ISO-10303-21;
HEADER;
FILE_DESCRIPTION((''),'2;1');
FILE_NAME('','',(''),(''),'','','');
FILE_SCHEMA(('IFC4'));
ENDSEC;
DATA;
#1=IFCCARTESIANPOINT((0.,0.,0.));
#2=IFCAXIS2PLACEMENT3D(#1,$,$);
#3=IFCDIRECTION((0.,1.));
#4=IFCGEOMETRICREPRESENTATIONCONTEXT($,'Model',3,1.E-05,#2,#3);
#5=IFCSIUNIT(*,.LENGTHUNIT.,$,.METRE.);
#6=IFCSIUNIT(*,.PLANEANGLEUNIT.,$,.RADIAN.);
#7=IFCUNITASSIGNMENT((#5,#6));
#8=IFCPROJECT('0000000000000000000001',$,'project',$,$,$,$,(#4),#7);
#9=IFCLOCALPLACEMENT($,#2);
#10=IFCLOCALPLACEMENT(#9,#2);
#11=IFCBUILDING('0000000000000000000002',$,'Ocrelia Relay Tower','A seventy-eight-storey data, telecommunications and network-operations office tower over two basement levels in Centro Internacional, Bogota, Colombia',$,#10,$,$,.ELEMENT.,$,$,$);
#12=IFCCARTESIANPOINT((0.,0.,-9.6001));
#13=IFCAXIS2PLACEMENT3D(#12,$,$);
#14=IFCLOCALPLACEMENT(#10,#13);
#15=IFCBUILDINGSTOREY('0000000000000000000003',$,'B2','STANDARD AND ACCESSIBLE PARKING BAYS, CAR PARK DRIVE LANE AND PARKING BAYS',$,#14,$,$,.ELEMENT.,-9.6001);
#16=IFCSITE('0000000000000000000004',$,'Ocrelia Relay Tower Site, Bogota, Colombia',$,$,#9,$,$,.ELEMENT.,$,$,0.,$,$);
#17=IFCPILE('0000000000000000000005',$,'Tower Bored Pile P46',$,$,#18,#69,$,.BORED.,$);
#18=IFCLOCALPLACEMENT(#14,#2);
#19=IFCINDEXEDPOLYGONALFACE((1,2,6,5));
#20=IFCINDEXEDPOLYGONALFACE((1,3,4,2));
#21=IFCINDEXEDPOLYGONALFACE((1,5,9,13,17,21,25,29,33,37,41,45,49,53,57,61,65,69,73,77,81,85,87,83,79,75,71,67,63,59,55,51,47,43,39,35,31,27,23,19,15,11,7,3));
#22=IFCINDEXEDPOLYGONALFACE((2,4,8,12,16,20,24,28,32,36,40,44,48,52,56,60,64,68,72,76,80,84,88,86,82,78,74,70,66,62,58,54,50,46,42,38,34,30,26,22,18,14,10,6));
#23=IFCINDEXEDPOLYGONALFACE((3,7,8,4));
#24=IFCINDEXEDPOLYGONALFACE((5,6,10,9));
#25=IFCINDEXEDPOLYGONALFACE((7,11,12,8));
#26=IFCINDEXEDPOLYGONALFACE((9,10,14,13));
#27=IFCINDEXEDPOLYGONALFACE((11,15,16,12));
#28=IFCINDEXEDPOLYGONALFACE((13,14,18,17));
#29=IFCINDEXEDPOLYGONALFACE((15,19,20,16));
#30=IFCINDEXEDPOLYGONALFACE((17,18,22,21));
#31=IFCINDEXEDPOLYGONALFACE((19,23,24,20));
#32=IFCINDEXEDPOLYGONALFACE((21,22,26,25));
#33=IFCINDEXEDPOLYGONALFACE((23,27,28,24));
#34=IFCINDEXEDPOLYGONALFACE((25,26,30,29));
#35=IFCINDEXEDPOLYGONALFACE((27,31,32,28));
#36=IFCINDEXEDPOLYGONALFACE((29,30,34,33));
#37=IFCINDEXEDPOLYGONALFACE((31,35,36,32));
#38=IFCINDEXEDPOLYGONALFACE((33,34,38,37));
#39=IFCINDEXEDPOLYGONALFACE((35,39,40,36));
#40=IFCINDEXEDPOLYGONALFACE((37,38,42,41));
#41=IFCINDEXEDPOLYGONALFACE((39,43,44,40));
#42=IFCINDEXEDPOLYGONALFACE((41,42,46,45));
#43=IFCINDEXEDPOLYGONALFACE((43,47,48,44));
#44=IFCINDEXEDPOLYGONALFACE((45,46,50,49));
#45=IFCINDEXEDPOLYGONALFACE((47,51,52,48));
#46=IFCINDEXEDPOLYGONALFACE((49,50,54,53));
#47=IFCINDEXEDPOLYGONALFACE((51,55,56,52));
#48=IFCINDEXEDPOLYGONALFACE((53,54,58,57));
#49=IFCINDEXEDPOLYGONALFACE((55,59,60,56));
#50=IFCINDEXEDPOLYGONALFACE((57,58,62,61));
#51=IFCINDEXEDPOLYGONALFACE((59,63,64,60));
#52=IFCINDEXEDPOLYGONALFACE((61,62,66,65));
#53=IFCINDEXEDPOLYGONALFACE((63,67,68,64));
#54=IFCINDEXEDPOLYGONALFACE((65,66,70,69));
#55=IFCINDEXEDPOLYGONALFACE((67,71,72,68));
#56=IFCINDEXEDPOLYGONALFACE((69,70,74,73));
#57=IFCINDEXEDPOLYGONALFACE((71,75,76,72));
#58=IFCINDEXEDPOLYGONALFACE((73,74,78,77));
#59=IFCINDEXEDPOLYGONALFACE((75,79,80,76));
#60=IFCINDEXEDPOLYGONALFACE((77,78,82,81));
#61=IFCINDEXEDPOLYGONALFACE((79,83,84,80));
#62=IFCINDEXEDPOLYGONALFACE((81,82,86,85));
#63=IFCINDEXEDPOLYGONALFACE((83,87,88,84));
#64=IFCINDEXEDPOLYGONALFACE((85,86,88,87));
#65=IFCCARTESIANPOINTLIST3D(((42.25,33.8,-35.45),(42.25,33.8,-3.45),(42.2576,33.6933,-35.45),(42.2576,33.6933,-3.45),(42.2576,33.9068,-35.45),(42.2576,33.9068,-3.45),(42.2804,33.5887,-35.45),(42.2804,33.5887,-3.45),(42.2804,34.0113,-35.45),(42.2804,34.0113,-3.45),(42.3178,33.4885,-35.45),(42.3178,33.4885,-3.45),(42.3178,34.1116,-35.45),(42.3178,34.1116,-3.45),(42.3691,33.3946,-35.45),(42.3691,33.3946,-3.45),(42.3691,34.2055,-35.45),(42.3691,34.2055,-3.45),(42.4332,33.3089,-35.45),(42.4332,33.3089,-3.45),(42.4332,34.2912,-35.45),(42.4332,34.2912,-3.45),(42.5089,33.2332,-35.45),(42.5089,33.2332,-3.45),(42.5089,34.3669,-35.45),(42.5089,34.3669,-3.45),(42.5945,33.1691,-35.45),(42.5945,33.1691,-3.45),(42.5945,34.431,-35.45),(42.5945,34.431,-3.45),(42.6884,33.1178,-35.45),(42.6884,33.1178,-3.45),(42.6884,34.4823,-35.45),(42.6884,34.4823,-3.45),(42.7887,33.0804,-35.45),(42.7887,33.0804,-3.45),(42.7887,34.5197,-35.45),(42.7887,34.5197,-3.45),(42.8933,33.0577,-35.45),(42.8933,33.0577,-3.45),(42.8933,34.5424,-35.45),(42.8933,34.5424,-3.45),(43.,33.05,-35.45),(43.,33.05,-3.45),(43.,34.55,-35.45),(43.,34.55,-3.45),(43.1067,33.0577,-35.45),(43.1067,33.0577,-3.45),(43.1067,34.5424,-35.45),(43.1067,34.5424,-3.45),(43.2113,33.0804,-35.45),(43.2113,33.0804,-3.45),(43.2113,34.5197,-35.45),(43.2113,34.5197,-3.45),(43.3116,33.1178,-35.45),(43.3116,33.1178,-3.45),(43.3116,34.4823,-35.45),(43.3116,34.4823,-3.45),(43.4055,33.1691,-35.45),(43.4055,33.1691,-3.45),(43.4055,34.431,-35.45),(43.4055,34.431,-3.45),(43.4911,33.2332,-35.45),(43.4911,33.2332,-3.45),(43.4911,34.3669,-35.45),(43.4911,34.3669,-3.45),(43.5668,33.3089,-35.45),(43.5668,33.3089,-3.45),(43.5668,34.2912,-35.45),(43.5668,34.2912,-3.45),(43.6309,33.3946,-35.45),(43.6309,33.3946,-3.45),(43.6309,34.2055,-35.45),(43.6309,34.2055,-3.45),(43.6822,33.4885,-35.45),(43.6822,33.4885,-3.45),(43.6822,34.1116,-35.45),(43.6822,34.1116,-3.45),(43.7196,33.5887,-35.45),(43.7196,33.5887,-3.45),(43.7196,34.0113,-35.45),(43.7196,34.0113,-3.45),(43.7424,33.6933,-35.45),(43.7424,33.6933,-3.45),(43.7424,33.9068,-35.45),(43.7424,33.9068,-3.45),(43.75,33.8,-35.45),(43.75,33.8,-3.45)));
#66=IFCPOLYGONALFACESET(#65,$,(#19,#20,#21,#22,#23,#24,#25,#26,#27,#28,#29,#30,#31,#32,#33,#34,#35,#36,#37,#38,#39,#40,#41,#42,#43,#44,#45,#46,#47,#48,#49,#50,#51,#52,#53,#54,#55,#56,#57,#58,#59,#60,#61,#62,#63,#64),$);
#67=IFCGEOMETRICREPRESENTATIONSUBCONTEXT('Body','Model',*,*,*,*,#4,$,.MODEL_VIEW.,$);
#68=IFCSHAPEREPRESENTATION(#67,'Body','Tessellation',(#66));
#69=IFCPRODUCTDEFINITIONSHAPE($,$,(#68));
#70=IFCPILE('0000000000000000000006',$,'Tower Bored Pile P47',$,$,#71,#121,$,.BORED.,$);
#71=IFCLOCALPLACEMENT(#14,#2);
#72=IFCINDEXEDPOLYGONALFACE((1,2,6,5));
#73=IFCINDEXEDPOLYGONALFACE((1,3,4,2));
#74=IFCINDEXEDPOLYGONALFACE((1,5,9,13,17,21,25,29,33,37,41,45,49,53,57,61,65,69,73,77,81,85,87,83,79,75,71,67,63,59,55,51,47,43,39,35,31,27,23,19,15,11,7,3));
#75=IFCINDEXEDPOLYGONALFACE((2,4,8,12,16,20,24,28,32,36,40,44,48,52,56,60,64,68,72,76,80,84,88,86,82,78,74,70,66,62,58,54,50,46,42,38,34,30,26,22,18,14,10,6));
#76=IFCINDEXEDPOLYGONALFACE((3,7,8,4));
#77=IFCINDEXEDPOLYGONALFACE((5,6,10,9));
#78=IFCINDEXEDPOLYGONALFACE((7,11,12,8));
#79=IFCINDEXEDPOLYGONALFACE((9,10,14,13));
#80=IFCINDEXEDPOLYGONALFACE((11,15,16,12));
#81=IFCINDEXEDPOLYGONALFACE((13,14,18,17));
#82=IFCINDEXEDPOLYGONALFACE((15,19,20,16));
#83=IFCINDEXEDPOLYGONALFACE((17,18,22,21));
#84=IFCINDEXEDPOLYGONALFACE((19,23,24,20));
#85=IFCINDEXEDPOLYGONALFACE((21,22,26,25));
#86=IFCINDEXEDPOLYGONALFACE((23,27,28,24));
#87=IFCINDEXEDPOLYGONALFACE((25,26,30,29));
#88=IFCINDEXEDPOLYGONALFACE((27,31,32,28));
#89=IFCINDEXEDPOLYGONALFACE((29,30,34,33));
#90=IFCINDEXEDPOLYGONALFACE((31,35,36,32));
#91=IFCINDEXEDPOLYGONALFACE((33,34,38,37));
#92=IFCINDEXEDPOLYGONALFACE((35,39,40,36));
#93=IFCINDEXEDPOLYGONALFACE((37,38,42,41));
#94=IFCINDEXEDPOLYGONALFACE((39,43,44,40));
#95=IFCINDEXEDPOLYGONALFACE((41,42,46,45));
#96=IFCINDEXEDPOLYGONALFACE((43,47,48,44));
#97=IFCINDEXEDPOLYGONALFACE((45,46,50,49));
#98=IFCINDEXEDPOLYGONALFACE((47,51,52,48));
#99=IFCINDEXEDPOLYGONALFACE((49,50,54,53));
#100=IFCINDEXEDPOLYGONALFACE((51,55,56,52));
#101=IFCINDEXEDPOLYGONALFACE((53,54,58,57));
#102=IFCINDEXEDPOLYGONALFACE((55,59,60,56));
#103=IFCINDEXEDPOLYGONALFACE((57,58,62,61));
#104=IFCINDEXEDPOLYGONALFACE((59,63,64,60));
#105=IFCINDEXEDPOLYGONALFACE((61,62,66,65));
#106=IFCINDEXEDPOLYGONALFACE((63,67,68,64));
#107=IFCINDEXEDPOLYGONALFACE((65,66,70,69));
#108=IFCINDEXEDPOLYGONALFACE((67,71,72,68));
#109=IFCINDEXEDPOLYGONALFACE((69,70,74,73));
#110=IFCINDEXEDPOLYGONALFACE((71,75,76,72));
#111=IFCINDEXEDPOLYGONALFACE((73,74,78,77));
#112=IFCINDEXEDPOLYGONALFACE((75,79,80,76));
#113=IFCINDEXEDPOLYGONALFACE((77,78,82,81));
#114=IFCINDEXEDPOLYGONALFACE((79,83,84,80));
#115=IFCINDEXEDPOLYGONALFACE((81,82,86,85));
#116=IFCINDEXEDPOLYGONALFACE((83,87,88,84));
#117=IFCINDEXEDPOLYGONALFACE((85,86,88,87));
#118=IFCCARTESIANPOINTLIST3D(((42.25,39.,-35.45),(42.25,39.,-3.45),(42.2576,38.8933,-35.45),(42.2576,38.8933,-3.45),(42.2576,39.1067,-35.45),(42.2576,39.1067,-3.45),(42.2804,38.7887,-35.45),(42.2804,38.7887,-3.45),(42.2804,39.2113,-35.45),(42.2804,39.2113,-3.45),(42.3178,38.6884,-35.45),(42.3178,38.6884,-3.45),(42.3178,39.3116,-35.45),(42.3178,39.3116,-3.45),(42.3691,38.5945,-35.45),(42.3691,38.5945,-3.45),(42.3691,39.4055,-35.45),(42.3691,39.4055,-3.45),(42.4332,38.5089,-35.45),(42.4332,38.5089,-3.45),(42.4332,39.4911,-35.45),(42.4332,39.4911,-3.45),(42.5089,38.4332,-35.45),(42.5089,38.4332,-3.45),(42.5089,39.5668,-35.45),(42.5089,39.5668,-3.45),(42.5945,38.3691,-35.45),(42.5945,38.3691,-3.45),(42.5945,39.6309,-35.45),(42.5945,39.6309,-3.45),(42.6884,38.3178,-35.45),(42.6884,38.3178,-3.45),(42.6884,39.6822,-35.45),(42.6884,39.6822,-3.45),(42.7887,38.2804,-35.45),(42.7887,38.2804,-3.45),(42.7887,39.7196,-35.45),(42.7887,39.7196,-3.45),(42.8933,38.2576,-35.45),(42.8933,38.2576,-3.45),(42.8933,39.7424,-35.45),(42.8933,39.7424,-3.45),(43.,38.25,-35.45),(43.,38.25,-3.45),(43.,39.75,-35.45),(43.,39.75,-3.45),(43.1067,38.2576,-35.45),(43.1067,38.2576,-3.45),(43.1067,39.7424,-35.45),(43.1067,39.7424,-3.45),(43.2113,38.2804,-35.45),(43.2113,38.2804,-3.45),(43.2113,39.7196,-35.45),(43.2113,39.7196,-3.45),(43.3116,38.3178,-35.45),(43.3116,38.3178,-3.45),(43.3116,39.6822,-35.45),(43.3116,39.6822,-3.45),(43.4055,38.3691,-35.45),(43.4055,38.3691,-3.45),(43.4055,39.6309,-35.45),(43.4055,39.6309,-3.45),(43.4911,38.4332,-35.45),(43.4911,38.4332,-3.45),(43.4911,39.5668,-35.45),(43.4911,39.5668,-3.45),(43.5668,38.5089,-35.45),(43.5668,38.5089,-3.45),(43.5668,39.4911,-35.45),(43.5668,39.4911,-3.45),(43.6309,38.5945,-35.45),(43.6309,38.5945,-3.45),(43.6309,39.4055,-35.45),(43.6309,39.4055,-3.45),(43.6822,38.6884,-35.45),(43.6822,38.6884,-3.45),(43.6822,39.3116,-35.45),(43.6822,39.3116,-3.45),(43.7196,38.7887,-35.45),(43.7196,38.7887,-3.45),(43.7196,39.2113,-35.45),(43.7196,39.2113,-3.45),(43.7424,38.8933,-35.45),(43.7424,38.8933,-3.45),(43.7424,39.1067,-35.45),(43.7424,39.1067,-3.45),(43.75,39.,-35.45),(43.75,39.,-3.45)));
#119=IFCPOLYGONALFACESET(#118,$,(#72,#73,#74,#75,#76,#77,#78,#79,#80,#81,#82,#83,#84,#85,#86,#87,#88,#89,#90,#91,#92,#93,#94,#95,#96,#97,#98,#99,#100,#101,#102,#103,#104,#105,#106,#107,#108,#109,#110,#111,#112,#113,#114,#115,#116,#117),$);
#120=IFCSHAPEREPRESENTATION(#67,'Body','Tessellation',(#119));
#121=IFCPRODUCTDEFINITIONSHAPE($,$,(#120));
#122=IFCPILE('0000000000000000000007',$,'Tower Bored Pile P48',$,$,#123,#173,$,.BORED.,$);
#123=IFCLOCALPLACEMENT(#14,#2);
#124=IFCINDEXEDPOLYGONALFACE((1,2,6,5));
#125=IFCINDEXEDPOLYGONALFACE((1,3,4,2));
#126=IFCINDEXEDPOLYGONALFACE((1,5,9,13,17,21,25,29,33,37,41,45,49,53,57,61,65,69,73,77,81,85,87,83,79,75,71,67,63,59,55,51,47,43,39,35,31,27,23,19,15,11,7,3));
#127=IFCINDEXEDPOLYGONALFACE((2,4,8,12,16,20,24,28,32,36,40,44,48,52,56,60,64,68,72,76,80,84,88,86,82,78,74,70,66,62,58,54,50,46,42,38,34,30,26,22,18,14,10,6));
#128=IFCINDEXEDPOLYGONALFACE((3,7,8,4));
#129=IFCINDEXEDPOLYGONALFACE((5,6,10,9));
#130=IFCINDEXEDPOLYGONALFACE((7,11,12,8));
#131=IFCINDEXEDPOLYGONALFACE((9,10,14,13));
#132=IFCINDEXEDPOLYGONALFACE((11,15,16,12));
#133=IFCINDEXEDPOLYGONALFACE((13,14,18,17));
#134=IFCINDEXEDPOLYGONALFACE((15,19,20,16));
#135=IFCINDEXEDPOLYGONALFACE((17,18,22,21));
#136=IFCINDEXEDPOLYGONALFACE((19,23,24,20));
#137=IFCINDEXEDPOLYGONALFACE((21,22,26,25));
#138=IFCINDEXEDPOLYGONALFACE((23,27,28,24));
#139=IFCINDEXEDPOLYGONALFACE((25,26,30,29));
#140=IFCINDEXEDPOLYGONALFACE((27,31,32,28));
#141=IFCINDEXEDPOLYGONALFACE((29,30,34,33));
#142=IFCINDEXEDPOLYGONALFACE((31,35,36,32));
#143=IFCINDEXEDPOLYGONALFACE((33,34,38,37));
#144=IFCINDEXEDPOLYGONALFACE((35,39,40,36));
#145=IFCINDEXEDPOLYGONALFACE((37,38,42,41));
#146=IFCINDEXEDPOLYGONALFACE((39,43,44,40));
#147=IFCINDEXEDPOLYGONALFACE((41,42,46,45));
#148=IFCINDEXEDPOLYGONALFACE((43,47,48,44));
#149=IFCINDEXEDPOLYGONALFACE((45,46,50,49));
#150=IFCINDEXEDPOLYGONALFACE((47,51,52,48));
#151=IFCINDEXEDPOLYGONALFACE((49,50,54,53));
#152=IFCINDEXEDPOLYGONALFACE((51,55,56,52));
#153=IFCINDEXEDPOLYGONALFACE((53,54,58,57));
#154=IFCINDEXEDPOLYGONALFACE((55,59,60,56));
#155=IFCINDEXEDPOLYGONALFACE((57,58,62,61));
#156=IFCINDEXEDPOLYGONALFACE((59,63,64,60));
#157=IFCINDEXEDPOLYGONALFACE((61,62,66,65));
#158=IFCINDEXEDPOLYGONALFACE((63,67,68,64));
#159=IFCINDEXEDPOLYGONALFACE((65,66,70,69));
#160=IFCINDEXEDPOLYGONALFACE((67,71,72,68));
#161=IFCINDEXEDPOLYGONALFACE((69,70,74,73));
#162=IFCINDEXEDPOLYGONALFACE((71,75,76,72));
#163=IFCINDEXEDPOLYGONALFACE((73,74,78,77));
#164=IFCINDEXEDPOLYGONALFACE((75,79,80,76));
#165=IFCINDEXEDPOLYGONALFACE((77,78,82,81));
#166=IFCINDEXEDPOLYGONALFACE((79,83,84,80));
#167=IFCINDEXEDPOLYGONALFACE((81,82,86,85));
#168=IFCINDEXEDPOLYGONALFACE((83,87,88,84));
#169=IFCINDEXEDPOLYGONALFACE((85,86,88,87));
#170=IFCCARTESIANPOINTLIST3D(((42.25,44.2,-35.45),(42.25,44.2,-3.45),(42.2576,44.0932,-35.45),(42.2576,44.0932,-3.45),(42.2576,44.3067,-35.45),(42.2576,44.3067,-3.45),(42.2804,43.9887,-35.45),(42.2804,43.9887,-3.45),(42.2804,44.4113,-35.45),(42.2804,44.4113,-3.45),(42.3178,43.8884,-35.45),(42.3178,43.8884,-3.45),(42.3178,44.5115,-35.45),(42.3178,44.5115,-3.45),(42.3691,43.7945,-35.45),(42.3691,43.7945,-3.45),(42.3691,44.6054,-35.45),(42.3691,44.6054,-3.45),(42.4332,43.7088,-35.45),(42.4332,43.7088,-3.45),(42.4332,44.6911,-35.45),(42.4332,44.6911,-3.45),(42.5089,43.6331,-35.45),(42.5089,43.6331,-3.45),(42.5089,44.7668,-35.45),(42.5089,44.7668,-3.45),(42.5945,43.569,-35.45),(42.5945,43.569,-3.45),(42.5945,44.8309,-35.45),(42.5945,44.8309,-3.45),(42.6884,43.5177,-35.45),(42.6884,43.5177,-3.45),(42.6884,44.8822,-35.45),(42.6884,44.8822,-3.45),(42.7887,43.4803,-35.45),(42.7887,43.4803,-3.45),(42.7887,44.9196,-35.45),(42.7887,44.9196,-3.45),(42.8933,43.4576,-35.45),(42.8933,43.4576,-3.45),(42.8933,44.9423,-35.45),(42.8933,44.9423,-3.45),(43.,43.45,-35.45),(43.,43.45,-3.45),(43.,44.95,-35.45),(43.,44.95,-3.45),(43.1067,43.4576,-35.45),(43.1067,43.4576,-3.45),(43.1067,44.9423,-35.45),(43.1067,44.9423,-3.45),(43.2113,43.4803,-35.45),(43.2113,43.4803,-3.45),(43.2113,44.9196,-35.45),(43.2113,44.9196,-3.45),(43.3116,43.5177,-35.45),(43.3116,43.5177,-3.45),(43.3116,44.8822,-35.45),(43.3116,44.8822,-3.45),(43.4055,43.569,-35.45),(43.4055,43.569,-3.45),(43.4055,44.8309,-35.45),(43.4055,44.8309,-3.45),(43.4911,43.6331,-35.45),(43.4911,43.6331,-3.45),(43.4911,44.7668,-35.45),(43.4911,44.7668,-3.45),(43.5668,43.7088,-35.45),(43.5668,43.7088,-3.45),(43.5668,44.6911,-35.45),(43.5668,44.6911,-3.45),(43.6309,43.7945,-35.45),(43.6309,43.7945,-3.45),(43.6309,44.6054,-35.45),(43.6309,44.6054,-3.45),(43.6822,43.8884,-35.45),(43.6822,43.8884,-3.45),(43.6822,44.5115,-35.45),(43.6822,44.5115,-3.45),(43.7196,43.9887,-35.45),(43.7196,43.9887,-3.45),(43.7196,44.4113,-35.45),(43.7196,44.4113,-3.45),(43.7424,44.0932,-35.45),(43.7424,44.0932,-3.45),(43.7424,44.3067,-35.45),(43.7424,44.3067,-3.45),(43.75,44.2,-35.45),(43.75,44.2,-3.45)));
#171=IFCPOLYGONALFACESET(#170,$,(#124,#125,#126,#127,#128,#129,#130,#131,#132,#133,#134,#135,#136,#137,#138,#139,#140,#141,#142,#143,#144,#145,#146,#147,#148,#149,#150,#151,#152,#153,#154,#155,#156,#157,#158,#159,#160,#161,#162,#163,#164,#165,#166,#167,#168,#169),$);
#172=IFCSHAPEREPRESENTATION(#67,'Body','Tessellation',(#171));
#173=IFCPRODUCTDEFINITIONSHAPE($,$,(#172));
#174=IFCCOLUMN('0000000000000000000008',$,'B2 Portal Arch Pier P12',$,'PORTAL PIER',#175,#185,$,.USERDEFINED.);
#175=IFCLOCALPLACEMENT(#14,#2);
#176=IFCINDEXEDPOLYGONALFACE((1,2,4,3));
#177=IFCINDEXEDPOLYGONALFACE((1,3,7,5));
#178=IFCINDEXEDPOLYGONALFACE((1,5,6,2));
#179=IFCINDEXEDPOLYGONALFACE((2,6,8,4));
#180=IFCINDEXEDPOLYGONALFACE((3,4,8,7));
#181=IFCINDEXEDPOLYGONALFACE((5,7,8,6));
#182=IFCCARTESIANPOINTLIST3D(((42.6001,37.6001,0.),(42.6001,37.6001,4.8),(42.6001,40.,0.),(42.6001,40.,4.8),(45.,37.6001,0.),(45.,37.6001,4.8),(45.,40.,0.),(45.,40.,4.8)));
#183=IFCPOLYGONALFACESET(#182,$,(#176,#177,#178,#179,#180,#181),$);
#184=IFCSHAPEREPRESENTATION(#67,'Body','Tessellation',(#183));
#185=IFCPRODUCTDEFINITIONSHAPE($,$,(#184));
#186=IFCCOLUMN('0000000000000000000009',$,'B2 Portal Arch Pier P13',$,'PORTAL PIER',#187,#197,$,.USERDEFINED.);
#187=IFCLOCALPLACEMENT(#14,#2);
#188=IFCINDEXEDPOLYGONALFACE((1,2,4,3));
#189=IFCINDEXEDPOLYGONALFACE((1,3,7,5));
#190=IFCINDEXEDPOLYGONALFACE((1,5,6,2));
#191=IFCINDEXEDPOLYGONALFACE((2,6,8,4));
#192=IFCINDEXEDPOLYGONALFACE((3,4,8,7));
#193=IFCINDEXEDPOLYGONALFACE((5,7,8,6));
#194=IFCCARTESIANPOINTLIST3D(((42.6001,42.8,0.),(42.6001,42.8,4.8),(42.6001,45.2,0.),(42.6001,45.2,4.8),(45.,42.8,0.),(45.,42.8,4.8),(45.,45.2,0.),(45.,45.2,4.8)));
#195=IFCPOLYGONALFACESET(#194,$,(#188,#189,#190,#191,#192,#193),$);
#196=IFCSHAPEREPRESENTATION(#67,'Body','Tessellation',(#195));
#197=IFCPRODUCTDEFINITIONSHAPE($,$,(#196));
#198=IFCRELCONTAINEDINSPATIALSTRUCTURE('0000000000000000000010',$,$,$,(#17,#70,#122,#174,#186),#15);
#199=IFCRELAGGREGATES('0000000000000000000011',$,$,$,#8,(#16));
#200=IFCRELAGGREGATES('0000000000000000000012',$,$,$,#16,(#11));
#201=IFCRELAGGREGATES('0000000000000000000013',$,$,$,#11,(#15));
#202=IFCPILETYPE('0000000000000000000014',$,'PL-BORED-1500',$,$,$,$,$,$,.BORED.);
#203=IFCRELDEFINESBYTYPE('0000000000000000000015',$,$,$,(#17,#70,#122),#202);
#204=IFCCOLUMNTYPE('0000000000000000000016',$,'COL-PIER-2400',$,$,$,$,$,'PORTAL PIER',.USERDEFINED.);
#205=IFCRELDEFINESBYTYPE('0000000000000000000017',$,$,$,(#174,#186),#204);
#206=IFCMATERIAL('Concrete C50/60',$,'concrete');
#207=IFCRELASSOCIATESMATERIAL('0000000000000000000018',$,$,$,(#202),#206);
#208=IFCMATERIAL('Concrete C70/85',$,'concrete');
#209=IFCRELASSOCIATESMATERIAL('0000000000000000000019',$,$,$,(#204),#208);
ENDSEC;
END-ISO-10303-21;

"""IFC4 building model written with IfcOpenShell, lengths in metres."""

from ifc_helpers import new_model, si_unit, direction, frame, origin, origin_2d, place, context, subcontext, project, spatial, rectangle, circle, extrude, material, material_profile, profile_set, type_object, element, save


model = new_model("IFC4")

# Units and contexts
model_context = context("Model", 3, precision=1e-05, world=origin(), true_north=direction((0.0, 1.0)))
body_context = subcontext(model_context, "Body", "Model", "MODEL_VIEW")
ifc_project = project(units=[si_unit("LENGTHUNIT", "METRE"), si_unit("PLANEANGLEUNIT", "RADIAN")], contexts=[model_context])

# Site, building, storey
site_placement = place(None, origin())
site = spatial("IfcSite", under=ifc_project, at=site_placement, Name="Ocrelia Relay Tower Site, Bogota, Colombia", CompositionType="ELEMENT", RefElevation=0.0)
building_placement = place(site_placement, origin())
building = spatial("IfcBuilding", under=site, at=building_placement, Name="Ocrelia Relay Tower", Description="A seventy-eight-storey data, telecommunications and network-operations office tower over two basement levels in Centro Internacional, Bogota, Colombia", CompositionType="ELEMENT")
storey_placement = place(building_placement, frame((0.0, 0.0, -9.6001)))
storey = spatial("IfcBuildingStorey", under=building, at=storey_placement, Name="B2", Description="STANDARD AND ACCESSIBLE PARKING BAYS, CAR PARK DRIVE LANE AND PARKING BAYS", CompositionType="ELEMENT", Elevation=-9.6001)

# Piles
ifc_material_1 = material(Name="Concrete C50/60", Category="concrete")
ifc_material_profile_1 = material_profile(ifc_material_1, circle(Radius=0.75, at=origin_2d()), Name="PILE-1500")
ifc_profile_set_1 = profile_set([ifc_material_profile_1], Name="Concrete C50/60")
pile_type = type_object("IfcPileType", Name="PL-BORED-1500", PredefinedType="BORED", material=ifc_profile_set_1)
for number, where, z_axis, x_axis, name in (
    (1, (43.0, 33.8, -3.45), (0.0, 0.0, -1.0), (1.0, 0.0, 0.0), "Tower Bored Pile P46"),
    (2, (43.0, 39.0, -3.45), (0.0, 0.0, -1.0), (1.0, 0.0, 0.0), "Tower Bored Pile P47"),
    (3, (43.0, 44.2, -3.45), (0.0, 0.0, -1.0), (1.0, 0.0, 0.0), "Tower Bored Pile P48"),
):
    element("IfcPile", number, at=place(storey_placement, frame(where, z_axis=z_axis, x_axis=x_axis)), inside=storey, type_object=pile_type, Name=name, PredefinedType="BORED", context=body_context, shape_type="SweptSolid", body=[
        extrude(circle(Radius=0.75, at=origin_2d()), origin(), (0.0, 0.0, 1.0), 32.0),
    ])

# Columns
ifc_material_2 = material(Name="Concrete C70/85", Category="concrete")
ifc_material_profile_2 = material_profile(ifc_material_2, rectangle(XDim=2.3999, YDim=2.3999, at=origin_2d()), Name="RC-PIER-2400x2400")
ifc_profile_set_2 = profile_set([ifc_material_profile_2], Name="Concrete C70/85")
column_type = type_object("IfcColumnType", Name="COL-PIER-2400", ElementType="PORTAL PIER", PredefinedType="USERDEFINED", material=ifc_profile_set_2)
for number, where, z_axis, x_axis, name in (
    (4, (43.8, 38.8, 0.0), (0.0, 0.0, 1.0), (1.0, 0.0, 0.0), "B2 Portal Arch Pier P12"),
    (5, (43.8, 44.0, 0.0), (0.0, 0.0, 1.0), (1.0, 0.0, 0.0), "B2 Portal Arch Pier P13"),
):
    element("IfcColumn", number, at=place(storey_placement, frame(where, z_axis=z_axis, x_axis=x_axis)), inside=storey, type_object=column_type, Name=name, ObjectType="PORTAL PIER", PredefinedType="USERDEFINED", context=body_context, shape_type="SweptSolid", body=[
        extrude(rectangle(XDim=2.3999, YDim=2.3999, at=origin_2d()), origin(), (0.0, 0.0, 1.0), 4.8),
    ])

save(model, "model.ifc")
